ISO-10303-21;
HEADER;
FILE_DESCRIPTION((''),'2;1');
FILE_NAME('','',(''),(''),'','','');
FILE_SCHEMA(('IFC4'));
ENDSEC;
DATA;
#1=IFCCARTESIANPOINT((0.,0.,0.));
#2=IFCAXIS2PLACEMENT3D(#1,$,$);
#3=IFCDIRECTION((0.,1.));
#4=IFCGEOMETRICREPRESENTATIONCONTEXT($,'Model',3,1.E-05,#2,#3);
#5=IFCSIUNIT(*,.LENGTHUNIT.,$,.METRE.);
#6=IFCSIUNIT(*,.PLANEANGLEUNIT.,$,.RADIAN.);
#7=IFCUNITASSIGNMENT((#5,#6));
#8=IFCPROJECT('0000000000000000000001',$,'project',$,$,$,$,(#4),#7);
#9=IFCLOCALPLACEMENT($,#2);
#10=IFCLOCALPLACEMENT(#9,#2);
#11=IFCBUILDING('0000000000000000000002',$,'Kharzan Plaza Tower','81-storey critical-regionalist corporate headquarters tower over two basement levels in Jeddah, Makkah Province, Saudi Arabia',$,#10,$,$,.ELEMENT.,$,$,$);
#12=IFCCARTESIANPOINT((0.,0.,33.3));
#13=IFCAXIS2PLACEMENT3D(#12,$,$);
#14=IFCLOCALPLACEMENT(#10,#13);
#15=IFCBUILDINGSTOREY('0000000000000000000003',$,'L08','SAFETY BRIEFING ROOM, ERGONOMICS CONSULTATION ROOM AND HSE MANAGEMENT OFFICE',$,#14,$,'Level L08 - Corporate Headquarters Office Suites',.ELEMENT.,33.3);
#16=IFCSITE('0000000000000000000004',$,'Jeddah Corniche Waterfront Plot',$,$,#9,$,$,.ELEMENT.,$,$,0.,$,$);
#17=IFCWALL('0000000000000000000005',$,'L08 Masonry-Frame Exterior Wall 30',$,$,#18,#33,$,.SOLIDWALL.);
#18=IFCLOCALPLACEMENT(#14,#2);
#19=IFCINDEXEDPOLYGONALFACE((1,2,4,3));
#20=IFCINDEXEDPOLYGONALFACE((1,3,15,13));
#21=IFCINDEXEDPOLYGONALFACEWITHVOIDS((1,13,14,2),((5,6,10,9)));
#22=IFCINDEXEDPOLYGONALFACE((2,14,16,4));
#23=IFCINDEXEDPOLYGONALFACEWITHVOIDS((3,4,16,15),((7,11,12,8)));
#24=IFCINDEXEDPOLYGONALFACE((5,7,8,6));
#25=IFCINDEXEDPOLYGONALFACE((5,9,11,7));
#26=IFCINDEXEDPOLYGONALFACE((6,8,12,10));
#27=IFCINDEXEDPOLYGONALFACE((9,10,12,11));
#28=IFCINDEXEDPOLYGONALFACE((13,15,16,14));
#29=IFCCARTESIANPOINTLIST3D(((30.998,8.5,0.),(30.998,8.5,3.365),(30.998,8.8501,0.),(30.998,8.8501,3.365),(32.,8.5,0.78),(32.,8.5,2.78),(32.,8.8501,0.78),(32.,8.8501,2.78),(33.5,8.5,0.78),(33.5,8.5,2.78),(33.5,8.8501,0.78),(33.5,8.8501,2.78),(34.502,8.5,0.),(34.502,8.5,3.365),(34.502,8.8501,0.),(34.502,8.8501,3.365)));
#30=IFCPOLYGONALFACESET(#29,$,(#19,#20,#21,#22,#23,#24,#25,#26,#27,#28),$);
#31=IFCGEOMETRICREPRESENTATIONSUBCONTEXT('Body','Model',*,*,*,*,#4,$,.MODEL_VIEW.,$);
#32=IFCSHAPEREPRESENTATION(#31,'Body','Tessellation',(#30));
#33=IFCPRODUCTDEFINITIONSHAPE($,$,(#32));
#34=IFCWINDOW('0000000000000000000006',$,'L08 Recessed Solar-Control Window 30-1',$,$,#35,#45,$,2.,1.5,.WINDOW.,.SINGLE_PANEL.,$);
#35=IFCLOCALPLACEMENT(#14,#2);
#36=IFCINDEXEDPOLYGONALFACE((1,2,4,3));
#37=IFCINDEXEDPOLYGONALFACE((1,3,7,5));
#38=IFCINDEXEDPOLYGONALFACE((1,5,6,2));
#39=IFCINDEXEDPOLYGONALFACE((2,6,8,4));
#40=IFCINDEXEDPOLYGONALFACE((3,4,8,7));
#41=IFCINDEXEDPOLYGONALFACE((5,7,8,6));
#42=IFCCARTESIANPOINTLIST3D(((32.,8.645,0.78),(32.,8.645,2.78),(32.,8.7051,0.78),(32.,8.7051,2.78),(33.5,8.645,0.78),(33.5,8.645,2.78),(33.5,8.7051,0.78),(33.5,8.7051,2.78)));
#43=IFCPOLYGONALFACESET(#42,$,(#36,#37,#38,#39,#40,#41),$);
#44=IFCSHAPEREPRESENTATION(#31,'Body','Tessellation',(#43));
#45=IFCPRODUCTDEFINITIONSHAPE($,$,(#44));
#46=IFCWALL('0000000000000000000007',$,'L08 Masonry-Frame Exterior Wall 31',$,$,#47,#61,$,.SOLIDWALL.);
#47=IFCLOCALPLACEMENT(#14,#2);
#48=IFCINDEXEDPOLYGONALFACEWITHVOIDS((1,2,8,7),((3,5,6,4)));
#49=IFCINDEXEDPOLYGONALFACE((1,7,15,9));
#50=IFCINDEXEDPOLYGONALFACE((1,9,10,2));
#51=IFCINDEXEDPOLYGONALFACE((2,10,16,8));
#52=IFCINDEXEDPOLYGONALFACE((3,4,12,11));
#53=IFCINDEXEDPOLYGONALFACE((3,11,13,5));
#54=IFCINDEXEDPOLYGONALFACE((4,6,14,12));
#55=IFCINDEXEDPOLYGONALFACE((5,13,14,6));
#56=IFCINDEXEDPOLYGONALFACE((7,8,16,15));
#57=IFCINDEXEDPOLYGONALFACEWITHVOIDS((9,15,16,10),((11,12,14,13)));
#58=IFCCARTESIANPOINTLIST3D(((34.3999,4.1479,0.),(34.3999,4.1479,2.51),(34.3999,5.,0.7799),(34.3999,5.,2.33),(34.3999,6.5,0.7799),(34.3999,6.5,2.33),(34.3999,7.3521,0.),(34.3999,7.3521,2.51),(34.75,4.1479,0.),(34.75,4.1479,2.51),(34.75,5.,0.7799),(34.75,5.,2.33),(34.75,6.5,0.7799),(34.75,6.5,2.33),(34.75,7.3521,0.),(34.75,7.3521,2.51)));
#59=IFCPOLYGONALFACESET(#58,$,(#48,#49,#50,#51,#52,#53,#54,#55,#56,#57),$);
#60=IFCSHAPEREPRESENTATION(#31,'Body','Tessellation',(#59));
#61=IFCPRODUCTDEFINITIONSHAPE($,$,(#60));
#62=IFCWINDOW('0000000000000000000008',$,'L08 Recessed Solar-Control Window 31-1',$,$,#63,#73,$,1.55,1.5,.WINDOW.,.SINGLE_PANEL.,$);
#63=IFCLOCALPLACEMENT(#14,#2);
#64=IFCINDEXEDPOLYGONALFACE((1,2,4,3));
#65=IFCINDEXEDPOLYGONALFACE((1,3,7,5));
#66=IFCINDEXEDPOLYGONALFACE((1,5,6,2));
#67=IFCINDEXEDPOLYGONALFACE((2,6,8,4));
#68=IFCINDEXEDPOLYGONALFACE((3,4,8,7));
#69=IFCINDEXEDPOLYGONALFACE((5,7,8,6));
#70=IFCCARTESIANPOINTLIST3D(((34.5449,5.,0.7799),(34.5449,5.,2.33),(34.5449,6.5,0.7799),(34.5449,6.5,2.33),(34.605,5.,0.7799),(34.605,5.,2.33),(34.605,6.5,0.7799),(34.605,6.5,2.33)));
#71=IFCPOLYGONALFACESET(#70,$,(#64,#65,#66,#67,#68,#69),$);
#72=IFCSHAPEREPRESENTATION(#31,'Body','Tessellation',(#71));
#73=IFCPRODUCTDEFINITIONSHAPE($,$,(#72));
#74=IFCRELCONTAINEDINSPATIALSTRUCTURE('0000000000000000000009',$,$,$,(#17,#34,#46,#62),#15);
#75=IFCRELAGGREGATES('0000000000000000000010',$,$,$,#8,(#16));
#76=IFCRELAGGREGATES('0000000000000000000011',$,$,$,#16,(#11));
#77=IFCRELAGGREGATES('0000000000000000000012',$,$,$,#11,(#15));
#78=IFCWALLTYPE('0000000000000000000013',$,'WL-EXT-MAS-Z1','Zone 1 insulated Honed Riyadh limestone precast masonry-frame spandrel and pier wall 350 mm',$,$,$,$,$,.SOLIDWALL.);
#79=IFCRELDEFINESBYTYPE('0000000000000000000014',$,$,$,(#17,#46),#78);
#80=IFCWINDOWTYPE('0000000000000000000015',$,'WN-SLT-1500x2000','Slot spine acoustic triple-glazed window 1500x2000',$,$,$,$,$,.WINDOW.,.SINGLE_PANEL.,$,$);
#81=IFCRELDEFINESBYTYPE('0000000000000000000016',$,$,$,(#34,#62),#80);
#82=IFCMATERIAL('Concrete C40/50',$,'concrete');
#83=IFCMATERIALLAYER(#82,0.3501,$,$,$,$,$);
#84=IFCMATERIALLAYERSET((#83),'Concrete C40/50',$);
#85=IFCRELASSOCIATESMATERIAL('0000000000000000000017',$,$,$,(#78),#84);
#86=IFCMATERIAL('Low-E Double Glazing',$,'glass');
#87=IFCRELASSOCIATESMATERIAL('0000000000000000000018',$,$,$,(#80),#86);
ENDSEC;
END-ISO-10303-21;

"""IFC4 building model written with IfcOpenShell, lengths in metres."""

from ifc_helpers import new_model, si_unit, direction, frame, frame_2d, origin, place, context, subcontext, project, spatial, rectangle, extrude, source, transform, mapped, material, layer, layer_set, type_object, element, fill, save


model = new_model("IFC4")

# Units and contexts
model_context = context("Model", 3, precision=1e-05, world=origin(), true_north=direction((0.0, 1.0)))
body_context = subcontext(model_context, "Body", "Model", "MODEL_VIEW")
ifc_project = project(units=[si_unit("LENGTHUNIT", "METRE"), si_unit("PLANEANGLEUNIT", "RADIAN")], contexts=[model_context])

# Site, building, storey
site_placement = place(None, origin())
site = spatial("IfcSite", under=ifc_project, at=site_placement, Name="Jeddah Corniche Waterfront Plot", CompositionType="ELEMENT", RefElevation=0.0)
building_placement = place(site_placement, origin())
building = spatial("IfcBuilding", under=site, at=building_placement, Name="Kharzan Plaza Tower", Description="81-storey critical-regionalist corporate headquarters tower over two basement levels in Jeddah, Makkah Province, Saudi Arabia", CompositionType="ELEMENT")
storey_placement = place(building_placement, frame((0.0, 0.0, 33.3)))
storey = spatial("IfcBuildingStorey", under=building, at=storey_placement, Name="L08", Description="SAFETY BRIEFING ROOM, ERGONOMICS CONSULTATION ROOM AND HSE MANAGEMENT OFFICE", LongName="Level L08 - Corporate Headquarters Office Suites", CompositionType="ELEMENT", Elevation=33.3)

# Walls, openings, windows
ifc_material_1 = material(Name="Concrete C40/50", Category="concrete")
ifc_layer_1 = layer(ifc_material_1, 0.3501)
ifc_layer_set_1 = layer_set([ifc_layer_1], Name="Concrete C40/50")
wall_type = type_object("IfcWallType", Name="WL-EXT-MAS-Z1", Description="Zone 1 insulated Honed Riyadh limestone precast masonry-frame spandrel and pier wall 350 mm", PredefinedType="SOLIDWALL", material=ifc_layer_set_1)
wall_1_placement = place(storey_placement, frame((30.998, 8.675, 0.0), z_axis=(0.0, 0.0, 1.0), x_axis=(1.0, 0.0, 0.0)))
wall_1 = element("IfcWall", 1, at=wall_1_placement, inside=storey, type_object=wall_type, Name="L08 Masonry-Frame Exterior Wall 30", PredefinedType="SOLIDWALL", context=body_context, shape_type="SweptSolid", body=[
    extrude(rectangle(XDim=3.5039, YDim=0.3501, at=frame_2d((1.752, 0.0))), origin(), (0.0, 0.0, 1.0), 3.365),
])
opening_1_placement = place(wall_1_placement, frame((1.002, 0.0, 0.78)))
opening_1 = element("IfcOpeningElement", 2, at=opening_1_placement, cuts=wall_1, PredefinedType="OPENING", context=body_context, shape_type="SweptSolid", body=[
    extrude(rectangle(XDim=1.5, YDim=2.0, at=frame_2d((0.75, 1.0))), frame((0.0, 0.1851, 0.0), z_axis=(0.0, -1.0, 0.0), x_axis=(1.0, 0.0, 0.0)), (0.0, 0.0, 1.0), 0.3701),
])
ifc_material_2 = material(Name="Low-E Double Glazing", Category="glass")
window_type = type_object("IfcWindowType", Name="WN-SLT-1500x2000", Description="Slot spine acoustic triple-glazed window 1500x2000", PartitioningType="SINGLE_PANEL", PredefinedType="WINDOW", material=ifc_material_2)
shared_shape_1 = source(origin(), body_context, "Body", "SweptSolid", [
    extrude(rectangle(XDim=1.5, YDim=2.0, at=frame_2d((0.75, 1.0))), frame((0.0, 0.03, 0.0), z_axis=(0.0, -1.0, 0.0), x_axis=(1.0, 0.0, 0.0)), (0.0, 0.0, 1.0), 0.0601),
])
window_1_placement = place(opening_1_placement, origin())
window_1 = element("IfcWindow", 3, at=window_1_placement, inside=storey, type_object=window_type, Name="L08 Recessed Solar-Control Window 30-1", OverallHeight=2.0, OverallWidth=1.5, PartitioningType="SINGLE_PANEL", PredefinedType="WINDOW", context=body_context, shape_type="MappedRepresentation", body=[
    mapped(shared_shape_1, transform((0.0, 0.0, 0.0), x_axis=(1.0, 0.0, 0.0), y_axis=(0.0, 1.0, 0.0), z_axis=(0.0, 0.0, 1.0))),
])
fill(opening_1, window_1)
wall_2_placement = place(storey_placement, frame((34.575, 7.3521, 0.0), z_axis=(0.0, 0.0, 1.0), x_axis=(0.0, -1.0, 0.0)))
wall_2 = element("IfcWall", 4, at=wall_2_placement, inside=storey, type_object=wall_type, Name="L08 Masonry-Frame Exterior Wall 31", PredefinedType="SOLIDWALL", context=body_context, shape_type="SweptSolid", body=[
    extrude(rectangle(XDim=3.2041, YDim=0.3501, at=frame_2d((1.6021, 0.0))), origin(), (0.0, 0.0, 1.0), 2.51),
])
opening_2_placement = place(wall_2_placement, frame((0.8521, 0.0, 0.78)))
opening_2 = element("IfcOpeningElement", 5, at=opening_2_placement, cuts=wall_2, PredefinedType="OPENING", context=body_context, shape_type="SweptSolid", body=[
    extrude(rectangle(XDim=1.5, YDim=1.55, at=frame_2d((0.75, 0.7749))), frame((0.0, 0.1851, 0.0), z_axis=(0.0, -1.0, 0.0), x_axis=(1.0, 0.0, 0.0)), (0.0, 0.0, 1.0), 0.3701),
])
shared_shape_2 = source(origin(), body_context, "Body", "SweptSolid", [
    extrude(rectangle(XDim=1.5, YDim=1.55, at=frame_2d((0.75, 0.7749))), frame((0.0, 0.03, 0.0), z_axis=(0.0, -1.0, 0.0), x_axis=(1.0, 0.0, 0.0)), (0.0, 0.0, 1.0), 0.0601),
])
window_2_placement = place(opening_2_placement, origin())
window_2 = element("IfcWindow", 6, at=window_2_placement, inside=storey, type_object=window_type, Name="L08 Recessed Solar-Control Window 31-1", OverallHeight=1.55, OverallWidth=1.5, PartitioningType="SINGLE_PANEL", PredefinedType="WINDOW", context=body_context, shape_type="MappedRepresentation", body=[
    mapped(shared_shape_2, transform((0.0, 0.0, 0.0), x_axis=(1.0, 0.0, 0.0), y_axis=(0.0, 1.0, 0.0), z_axis=(0.0, 0.0, 1.0))),
])
fill(opening_2, window_2)

save(model, "model.ifc")
